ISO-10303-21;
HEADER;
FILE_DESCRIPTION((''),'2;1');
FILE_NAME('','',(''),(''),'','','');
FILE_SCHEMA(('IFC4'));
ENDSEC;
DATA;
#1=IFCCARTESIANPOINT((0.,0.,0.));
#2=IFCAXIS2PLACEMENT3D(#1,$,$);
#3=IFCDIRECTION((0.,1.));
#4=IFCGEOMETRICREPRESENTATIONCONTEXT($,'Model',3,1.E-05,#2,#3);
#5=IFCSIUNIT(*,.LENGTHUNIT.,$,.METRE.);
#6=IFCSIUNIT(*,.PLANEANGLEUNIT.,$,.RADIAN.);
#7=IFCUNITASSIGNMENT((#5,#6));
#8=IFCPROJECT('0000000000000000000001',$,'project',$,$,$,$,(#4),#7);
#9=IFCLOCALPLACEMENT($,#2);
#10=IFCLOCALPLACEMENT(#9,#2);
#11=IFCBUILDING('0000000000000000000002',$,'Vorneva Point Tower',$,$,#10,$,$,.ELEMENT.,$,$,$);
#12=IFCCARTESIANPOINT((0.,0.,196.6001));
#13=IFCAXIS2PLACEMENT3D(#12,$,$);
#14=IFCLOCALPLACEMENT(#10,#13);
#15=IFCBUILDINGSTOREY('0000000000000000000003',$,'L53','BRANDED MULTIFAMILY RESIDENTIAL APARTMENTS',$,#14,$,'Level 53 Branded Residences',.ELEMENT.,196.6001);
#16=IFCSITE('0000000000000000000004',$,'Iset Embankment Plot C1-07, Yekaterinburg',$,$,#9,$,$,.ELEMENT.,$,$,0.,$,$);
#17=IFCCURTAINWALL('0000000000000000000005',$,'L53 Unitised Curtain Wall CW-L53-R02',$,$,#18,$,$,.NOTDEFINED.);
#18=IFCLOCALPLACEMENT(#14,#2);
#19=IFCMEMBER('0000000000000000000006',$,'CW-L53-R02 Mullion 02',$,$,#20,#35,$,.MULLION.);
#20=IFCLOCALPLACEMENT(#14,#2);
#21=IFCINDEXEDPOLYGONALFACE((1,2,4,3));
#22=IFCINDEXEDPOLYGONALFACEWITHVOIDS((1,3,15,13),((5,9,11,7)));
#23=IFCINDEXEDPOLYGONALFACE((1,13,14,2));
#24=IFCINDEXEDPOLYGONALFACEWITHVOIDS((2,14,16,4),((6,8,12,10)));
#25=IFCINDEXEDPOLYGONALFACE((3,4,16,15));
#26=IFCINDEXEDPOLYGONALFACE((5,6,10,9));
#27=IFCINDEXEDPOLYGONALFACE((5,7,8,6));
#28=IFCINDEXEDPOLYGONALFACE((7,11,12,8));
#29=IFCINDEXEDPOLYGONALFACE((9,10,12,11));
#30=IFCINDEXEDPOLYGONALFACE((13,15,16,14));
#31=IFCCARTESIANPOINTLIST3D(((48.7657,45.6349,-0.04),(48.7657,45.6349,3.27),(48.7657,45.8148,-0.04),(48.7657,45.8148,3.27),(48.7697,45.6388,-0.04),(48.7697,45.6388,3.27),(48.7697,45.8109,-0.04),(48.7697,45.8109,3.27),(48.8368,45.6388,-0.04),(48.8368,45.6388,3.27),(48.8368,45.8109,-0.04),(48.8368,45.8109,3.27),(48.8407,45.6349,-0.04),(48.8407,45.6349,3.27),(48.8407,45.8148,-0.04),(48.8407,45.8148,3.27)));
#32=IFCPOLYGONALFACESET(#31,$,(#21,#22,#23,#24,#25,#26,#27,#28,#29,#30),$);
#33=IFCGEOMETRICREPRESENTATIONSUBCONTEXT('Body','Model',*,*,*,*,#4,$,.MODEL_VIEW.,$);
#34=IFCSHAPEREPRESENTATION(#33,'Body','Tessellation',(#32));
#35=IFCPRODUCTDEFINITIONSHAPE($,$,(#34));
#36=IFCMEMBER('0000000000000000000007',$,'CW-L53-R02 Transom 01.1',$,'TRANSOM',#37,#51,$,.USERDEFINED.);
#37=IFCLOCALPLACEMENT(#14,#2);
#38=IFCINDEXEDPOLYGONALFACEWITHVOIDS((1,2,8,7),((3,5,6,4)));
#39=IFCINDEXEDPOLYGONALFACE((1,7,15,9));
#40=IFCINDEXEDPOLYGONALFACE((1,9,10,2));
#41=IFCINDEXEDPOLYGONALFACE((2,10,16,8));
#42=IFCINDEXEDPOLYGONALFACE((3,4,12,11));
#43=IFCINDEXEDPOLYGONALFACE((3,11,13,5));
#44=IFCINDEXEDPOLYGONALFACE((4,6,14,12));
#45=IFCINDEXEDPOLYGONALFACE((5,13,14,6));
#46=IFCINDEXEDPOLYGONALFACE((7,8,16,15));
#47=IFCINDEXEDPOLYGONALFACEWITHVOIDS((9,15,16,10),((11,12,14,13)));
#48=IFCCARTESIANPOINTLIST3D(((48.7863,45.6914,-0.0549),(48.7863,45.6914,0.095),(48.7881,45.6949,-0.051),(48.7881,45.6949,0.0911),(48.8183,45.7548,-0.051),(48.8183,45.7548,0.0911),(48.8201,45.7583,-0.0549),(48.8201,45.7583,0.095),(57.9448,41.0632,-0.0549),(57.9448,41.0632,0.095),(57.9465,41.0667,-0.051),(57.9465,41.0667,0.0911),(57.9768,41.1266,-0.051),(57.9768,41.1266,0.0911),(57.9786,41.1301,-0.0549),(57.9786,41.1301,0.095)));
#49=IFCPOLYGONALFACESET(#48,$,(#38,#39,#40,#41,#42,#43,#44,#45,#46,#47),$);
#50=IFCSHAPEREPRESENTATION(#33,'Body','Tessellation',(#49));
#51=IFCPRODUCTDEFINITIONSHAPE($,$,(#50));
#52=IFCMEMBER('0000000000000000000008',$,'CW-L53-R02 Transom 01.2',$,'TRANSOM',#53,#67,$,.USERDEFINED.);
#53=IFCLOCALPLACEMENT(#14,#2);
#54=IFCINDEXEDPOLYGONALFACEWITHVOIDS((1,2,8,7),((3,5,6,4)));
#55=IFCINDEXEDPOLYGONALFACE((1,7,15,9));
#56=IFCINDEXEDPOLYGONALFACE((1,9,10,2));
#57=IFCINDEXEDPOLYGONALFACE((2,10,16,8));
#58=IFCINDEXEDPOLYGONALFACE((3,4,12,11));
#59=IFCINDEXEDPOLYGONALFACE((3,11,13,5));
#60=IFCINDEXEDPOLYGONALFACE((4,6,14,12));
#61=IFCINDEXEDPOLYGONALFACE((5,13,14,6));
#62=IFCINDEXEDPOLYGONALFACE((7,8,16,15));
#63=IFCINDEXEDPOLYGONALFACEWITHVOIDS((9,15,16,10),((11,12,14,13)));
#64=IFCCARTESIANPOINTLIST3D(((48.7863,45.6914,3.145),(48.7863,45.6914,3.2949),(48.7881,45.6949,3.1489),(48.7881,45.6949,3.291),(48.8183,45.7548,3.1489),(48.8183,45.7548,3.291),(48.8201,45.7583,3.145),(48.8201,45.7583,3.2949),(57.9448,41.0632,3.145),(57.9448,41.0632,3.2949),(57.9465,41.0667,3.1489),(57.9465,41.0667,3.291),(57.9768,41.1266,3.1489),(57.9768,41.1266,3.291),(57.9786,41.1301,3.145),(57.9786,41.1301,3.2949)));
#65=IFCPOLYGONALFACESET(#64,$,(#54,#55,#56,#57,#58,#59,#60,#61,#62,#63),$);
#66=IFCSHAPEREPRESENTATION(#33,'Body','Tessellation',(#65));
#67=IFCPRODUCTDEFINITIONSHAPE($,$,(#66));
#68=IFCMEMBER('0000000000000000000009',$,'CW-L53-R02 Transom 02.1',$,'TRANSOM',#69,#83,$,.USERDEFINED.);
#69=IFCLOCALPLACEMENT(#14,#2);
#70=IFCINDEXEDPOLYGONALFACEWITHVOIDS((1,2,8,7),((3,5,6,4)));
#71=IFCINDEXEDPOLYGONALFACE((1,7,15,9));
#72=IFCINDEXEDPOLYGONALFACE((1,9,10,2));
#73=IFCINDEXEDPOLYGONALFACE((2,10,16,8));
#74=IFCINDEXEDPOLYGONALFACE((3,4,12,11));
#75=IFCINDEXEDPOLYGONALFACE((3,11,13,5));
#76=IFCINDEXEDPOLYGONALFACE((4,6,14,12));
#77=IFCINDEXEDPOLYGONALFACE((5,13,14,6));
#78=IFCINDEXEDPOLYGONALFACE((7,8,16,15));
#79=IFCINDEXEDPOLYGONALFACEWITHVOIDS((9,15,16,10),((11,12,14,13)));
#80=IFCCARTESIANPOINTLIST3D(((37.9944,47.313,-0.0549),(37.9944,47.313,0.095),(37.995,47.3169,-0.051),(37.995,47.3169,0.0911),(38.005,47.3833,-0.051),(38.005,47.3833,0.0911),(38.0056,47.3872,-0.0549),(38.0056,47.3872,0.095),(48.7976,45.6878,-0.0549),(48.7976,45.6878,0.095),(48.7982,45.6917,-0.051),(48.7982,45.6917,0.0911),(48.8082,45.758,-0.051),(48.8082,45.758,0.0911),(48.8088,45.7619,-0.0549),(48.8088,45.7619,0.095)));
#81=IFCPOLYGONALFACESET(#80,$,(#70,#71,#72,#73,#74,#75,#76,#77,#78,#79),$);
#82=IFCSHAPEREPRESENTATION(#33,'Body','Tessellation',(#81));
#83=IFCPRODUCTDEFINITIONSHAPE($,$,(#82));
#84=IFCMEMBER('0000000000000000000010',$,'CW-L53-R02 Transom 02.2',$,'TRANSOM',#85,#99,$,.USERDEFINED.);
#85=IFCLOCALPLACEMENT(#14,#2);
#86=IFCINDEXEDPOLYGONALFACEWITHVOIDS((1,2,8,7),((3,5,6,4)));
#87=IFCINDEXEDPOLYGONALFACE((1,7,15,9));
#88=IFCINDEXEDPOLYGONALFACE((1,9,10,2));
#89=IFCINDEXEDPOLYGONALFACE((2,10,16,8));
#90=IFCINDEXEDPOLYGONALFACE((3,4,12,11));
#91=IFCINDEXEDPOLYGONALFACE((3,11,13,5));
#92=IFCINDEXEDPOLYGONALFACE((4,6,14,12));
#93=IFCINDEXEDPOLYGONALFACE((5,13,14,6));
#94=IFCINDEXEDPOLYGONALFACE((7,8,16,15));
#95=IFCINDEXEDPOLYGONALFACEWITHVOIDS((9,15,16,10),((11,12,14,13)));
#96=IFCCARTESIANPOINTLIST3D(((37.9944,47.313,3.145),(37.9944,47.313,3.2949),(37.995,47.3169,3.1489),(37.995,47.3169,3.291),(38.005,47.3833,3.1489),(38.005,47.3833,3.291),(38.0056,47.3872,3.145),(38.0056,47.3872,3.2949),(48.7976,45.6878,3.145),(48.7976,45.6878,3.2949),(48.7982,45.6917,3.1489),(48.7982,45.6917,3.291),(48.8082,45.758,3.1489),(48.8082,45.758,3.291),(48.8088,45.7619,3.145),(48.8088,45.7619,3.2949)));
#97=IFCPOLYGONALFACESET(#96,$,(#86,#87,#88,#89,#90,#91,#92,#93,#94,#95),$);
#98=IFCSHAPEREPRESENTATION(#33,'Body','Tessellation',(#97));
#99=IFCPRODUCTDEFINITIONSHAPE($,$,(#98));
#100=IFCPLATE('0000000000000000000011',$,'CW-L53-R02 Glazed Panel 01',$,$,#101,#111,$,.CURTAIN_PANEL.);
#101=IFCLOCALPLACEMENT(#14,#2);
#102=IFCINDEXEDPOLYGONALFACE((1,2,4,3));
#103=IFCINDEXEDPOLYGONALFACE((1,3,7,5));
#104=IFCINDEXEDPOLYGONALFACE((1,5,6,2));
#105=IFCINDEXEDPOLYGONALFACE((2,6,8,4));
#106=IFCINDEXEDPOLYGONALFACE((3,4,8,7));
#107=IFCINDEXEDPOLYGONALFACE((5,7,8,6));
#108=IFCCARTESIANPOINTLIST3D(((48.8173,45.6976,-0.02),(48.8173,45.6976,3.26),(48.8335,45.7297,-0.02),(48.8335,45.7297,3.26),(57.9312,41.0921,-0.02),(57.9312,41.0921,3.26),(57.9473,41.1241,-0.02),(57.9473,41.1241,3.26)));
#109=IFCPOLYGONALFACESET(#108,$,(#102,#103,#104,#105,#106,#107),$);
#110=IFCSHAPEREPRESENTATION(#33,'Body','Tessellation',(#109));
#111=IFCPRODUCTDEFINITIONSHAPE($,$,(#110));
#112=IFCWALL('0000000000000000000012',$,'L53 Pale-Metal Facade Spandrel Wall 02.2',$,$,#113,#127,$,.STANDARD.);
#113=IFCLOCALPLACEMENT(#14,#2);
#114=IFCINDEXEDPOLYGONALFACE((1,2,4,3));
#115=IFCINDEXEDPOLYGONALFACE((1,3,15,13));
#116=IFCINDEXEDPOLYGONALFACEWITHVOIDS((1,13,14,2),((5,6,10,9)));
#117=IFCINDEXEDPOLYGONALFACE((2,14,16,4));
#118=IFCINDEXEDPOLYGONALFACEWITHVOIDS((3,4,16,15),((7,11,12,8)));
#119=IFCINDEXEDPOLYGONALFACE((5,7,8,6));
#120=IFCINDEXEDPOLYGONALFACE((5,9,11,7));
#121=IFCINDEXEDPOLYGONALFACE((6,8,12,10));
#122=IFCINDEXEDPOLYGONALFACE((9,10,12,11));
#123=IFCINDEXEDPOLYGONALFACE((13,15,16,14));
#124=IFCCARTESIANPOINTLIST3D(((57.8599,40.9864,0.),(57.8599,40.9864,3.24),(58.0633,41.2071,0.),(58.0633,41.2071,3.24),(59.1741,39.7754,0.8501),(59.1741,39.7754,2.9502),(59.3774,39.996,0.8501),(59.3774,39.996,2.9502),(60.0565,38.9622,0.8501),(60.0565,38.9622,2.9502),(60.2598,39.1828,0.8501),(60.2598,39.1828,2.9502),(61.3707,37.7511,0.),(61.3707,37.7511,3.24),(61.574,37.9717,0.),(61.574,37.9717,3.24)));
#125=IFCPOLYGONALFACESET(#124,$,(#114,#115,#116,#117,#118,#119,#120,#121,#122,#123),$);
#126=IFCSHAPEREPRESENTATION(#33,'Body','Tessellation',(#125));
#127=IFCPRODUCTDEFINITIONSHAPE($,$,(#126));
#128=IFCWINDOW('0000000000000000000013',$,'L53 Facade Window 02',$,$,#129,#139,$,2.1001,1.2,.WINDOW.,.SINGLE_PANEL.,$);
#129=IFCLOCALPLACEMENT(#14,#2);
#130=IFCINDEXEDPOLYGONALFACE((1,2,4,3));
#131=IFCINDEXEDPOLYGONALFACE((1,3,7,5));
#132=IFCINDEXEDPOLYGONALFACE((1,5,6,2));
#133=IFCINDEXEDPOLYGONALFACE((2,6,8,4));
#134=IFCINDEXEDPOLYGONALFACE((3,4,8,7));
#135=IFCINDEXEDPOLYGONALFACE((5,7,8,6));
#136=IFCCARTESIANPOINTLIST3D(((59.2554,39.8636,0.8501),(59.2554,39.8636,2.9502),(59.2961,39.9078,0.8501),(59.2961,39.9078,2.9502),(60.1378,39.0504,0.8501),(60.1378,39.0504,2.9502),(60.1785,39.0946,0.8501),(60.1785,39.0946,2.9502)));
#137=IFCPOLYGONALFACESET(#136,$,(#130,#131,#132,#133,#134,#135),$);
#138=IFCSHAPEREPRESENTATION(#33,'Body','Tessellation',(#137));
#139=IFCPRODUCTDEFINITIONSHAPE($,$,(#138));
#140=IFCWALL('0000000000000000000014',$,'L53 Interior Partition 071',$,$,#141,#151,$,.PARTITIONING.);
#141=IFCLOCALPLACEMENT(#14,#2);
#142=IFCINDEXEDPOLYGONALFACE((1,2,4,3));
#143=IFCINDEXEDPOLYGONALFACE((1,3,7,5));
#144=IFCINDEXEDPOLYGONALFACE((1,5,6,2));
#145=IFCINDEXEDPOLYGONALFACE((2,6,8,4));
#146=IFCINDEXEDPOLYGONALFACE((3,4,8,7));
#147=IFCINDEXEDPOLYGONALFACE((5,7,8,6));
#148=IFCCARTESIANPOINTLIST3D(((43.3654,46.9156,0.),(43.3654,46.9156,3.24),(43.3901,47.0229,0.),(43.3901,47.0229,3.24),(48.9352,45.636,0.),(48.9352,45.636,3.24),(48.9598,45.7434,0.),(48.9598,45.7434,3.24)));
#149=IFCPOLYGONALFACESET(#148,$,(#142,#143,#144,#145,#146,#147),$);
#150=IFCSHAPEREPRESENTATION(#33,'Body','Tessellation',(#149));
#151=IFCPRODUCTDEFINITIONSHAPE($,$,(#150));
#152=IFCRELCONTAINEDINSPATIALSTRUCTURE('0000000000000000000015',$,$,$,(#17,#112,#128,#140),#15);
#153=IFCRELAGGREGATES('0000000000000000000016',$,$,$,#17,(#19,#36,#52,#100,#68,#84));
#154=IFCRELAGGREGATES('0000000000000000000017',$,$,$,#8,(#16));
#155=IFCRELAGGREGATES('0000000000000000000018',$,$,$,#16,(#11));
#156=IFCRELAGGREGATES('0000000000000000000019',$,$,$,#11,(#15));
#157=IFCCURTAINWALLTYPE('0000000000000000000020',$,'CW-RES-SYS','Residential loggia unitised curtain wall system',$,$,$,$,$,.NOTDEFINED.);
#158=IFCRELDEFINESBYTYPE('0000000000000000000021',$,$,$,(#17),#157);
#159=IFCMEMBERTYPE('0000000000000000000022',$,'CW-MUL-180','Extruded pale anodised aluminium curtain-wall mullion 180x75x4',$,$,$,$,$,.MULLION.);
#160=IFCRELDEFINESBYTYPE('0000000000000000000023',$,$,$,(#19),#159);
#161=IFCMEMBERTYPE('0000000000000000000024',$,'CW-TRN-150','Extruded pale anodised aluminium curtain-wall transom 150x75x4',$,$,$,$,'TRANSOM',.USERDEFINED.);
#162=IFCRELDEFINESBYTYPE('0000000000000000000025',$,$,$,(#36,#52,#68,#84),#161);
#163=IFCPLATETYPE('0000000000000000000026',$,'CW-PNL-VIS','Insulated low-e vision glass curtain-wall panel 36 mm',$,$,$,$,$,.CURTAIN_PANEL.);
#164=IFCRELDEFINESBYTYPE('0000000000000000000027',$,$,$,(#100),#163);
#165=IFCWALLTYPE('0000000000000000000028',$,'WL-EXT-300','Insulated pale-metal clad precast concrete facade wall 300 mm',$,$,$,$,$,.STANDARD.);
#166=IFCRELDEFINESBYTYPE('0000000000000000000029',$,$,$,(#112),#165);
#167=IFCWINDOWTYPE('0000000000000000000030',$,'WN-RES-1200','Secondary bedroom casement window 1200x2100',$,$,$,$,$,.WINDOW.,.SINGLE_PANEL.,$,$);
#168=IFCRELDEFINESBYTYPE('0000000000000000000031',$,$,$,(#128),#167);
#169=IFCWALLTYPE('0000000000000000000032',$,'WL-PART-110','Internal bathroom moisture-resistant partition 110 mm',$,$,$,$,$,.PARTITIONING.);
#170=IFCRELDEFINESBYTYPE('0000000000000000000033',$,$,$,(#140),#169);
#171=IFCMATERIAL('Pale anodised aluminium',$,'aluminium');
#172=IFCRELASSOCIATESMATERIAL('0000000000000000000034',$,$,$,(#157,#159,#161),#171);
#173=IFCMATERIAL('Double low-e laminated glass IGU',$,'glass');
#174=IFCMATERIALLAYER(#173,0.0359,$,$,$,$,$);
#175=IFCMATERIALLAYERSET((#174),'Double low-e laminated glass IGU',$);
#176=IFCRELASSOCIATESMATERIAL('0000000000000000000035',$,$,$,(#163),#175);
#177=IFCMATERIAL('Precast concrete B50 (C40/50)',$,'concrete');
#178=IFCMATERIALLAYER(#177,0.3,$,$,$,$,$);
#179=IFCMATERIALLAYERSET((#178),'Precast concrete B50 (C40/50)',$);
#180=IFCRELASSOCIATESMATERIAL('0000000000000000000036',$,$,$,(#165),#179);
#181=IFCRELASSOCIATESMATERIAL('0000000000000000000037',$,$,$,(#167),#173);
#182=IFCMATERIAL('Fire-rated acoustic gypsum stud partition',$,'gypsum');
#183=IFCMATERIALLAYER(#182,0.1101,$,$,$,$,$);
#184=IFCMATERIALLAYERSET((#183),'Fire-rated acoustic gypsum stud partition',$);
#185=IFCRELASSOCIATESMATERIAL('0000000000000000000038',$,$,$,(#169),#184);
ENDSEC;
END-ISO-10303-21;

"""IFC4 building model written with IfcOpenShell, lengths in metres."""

from ifc_helpers import new_model, si_unit, direction, frame, frame_2d, origin, origin_2d, place, context, subcontext, project, spatial, rectangle, hollow_rectangle, extrude, material, layer, layer_set, material_profile, profile_set, type_object, element, fill, aggregate, save


model = new_model("IFC4")

# Units and contexts
model_context = context("Model", 3, precision=1e-05, world=origin(), true_north=direction((0.0, 1.0)))
body_context = subcontext(model_context, "Body", "Model", "MODEL_VIEW")
ifc_project = project(units=[si_unit("LENGTHUNIT", "METRE"), si_unit("PLANEANGLEUNIT", "RADIAN")], contexts=[model_context])

# Site, building, storey
site_placement = place(None, origin())
site = spatial("IfcSite", under=ifc_project, at=site_placement, Name="Iset Embankment Plot C1-07, Yekaterinburg", CompositionType="ELEMENT", RefElevation=0.0)
building_placement = place(site_placement, origin())
building = spatial("IfcBuilding", under=site, at=building_placement, Name="Vorneva Point Tower", CompositionType="ELEMENT")
storey_placement = place(building_placement, frame((0.0, 0.0, 196.6001)))
storey = spatial("IfcBuildingStorey", under=building, at=storey_placement, Name="L53", Description="BRANDED MULTIFAMILY RESIDENTIAL APARTMENTS", LongName="Level 53 Branded Residences", CompositionType="ELEMENT", Elevation=196.6001)

# Curtain wall, members, plate
ifc_material_1 = material(Name="Pale anodised aluminium", Category="aluminium")
curtain_wall_type = type_object("IfcCurtainWallType", Name="CW-RES-SYS", Description="Residential loggia unitised curtain wall system", PredefinedType="NOTDEFINED", material=ifc_material_1)
curtain_wall_placement = place(storey_placement, origin())
curtain_wall = element("IfcCurtainWall", 1, at=curtain_wall_placement, inside=storey, type_object=curtain_wall_type, Name="L53 Unitised Curtain Wall CW-L53-R02", PredefinedType="NOTDEFINED")
ifc_material_profile_1 = material_profile(ifc_material_1, hollow_rectangle(XDim=0.075, YDim=0.1799, WallThickness=0.0039, at=origin_2d()), Name="AL-MUL 180x75x4")
ifc_profile_set_1 = profile_set([ifc_material_profile_1], Name="Pale anodised aluminium")
member_type_1 = type_object("IfcMemberType", Name="CW-MUL-180", Description="Extruded pale anodised aluminium curtain-wall mullion 180x75x4", PredefinedType="MULLION", material=ifc_profile_set_1)
member_1_placement = place(storey_placement, frame((48.8032, 45.7249, -0.04), z_axis=(0.0, 0.0, 1.0), x_axis=(1.0, 0.0, 0.0)))
member_1 = element("IfcMember", 2, at=member_1_placement, type_object=member_type_1, Name="CW-L53-R02 Mullion 02", PredefinedType="MULLION", context=body_context, shape_type="SweptSolid", body=[
    extrude(hollow_rectangle(XDim=0.075, YDim=0.1799, WallThickness=0.0039, at=origin_2d()), origin(), (0.0, 0.0, 1.0), 3.3101),
])
ifc_material_profile_2 = material_profile(ifc_material_1, hollow_rectangle(XDim=0.075, YDim=0.1499, WallThickness=0.0039, at=origin_2d()), Name="AL-TRN 150x75x4")
ifc_profile_set_2 = profile_set([ifc_material_profile_2], Name="Pale anodised aluminium")
member_type_2 = type_object("IfcMemberType", Name="CW-TRN-150", Description="Extruded pale anodised aluminium curtain-wall transom 150x75x4", ElementType="TRANSOM", PredefinedType="USERDEFINED", material=ifc_profile_set_2)
member_2_placement = place(storey_placement, frame((57.9617, 41.0967, 0.02), z_axis=(-0.892511, 0.451026, 0.0), x_axis=(-0.451026, -0.892511, 0.0)))
member_2 = element("IfcMember", 3, at=member_2_placement, type_object=member_type_2, Name="CW-L53-R02 Transom 01.1", ObjectType="TRANSOM", PredefinedType="USERDEFINED", context=body_context, shape_type="SweptSolid", body=[
    extrude(hollow_rectangle(XDim=0.075, YDim=0.1499, WallThickness=0.0039, at=origin_2d()), origin(), (0.0, 0.0, 1.0), 10.2615),
])
member_3_placement = place(storey_placement, frame((57.9617, 41.0967, 3.22), z_axis=(-0.892511, 0.451026, 0.0), x_axis=(-0.451026, -0.892511, 0.0)))
member_3 = element("IfcMember", 4, at=member_3_placement, type_object=member_type_2, Name="CW-L53-R02 Transom 01.2", ObjectType="TRANSOM", PredefinedType="USERDEFINED", context=body_context, shape_type="SweptSolid", body=[
    extrude(hollow_rectangle(XDim=0.075, YDim=0.1499, WallThickness=0.0039, at=origin_2d()), origin(), (0.0, 0.0, 1.0), 10.2615),
])
member_4_placement = place(storey_placement, frame((48.8032, 45.7249, 0.02), z_axis=(-0.988872, 0.148767, 0.0), x_axis=(-0.148767, -0.988872, 0.0)))
member_4 = element("IfcMember", 5, at=member_4_placement, type_object=member_type_2, Name="CW-L53-R02 Transom 02.1", ObjectType="TRANSOM", PredefinedType="USERDEFINED", context=body_context, shape_type="SweptSolid", body=[
    extrude(hollow_rectangle(XDim=0.075, YDim=0.1499, WallThickness=0.0039, at=origin_2d()), origin(), (0.0, 0.0, 1.0), 10.9248),
])
member_5_placement = place(storey_placement, frame((48.8032, 45.7249, 3.22), z_axis=(-0.988872, 0.148767, 0.0), x_axis=(-0.148767, -0.988872, 0.0)))
member_5 = element("IfcMember", 6, at=member_5_placement, type_object=member_type_2, Name="CW-L53-R02 Transom 02.2", ObjectType="TRANSOM", PredefinedType="USERDEFINED", context=body_context, shape_type="SweptSolid", body=[
    extrude(hollow_rectangle(XDim=0.075, YDim=0.1499, WallThickness=0.0039, at=origin_2d()), origin(), (0.0, 0.0, 1.0), 10.9248),
])
ifc_material_2 = material(Name="Double low-e laminated glass IGU", Category="glass")
ifc_layer_1 = layer(ifc_material_2, 0.0359)
ifc_layer_set_1 = layer_set([ifc_layer_1], Name="Double low-e laminated glass IGU")
plate_type = type_object("IfcPlateType", Name="CW-PNL-VIS", Description="Insulated low-e vision glass curtain-wall panel 36 mm", PredefinedType="CURTAIN_PANEL", material=ifc_layer_set_1)
plate_placement = place(storey_placement, frame((53.3823, 43.4109, -0.02), z_axis=(0.0, 0.0, 1.0), x_axis=(-0.892515, 0.451018, 0.0)))
plate = element("IfcPlate", 7, at=plate_placement, type_object=plate_type, Name="CW-L53-R02 Glazed Panel 01", PredefinedType="CURTAIN_PANEL", context=body_context, shape_type="SweptSolid", body=[
    extrude(rectangle(XDim=10.2114, YDim=0.0359, at=origin_2d()), origin(), (0.0, 0.0, 1.0), 3.28),
])
aggregate(curtain_wall, [member_1, member_2, member_3, plate, member_4, member_5])

# Wall, opening, window
ifc_material_3 = material(Name="Precast concrete B50 (C40/50)", Category="concrete")
ifc_layer_2 = layer(ifc_material_3, 0.3)
ifc_layer_set_2 = layer_set([ifc_layer_2], Name="Precast concrete B50 (C40/50)")
wall_type_1 = type_object("IfcWallType", Name="WL-EXT-300", Description="Insulated pale-metal clad precast concrete facade wall 300 mm", PredefinedType="STANDARD", material=ifc_layer_set_2)
wall_1_placement = place(storey_placement, frame((61.4724, 37.8613, 0.0), z_axis=(0.0, 0.0, 1.0), x_axis=(-0.73536, 0.677677, 0.0)))
wall_1 = element("IfcWall", 8, at=wall_1_placement, inside=storey, type_object=wall_type_1, Name="L53 Pale-Metal Facade Spandrel Wall 02.2", PredefinedType="STANDARD", context=body_context, shape_type="SweptSolid", body=[
    extrude(rectangle(XDim=4.7742, YDim=0.3, at=frame_2d((2.3872, 0.0))), origin(), (0.0, 0.0, 1.0), 3.24),
])
opening_1_placement = place(wall_1_placement, frame((1.7871, 0.0, 0.8501)))
opening_1 = element("IfcOpeningElement", 9, at=opening_1_placement, cuts=wall_1, PredefinedType="OPENING", context=body_context, shape_type="SweptSolid", body=[
    extrude(rectangle(XDim=1.2, YDim=2.1001, at=frame_2d((0.6001, 1.05))), frame((0.0, 0.165, 0.0), z_axis=(0.0, -1.0, 0.0), x_axis=(1.0, 0.0, 0.0)), (0.0, 0.0, 1.0), 0.3298),
])
window_type = type_object("IfcWindowType", Name="WN-RES-1200", Description="Secondary bedroom casement window 1200x2100", PartitioningType="SINGLE_PANEL", PredefinedType="WINDOW", material=ifc_material_2)
window_placement = place(opening_1_placement, origin())
window = element("IfcWindow", 10, at=window_placement, inside=storey, type_object=window_type, Name="L53 Facade Window 02", OverallHeight=2.1001, OverallWidth=1.2, PartitioningType="SINGLE_PANEL", PredefinedType="WINDOW", context=body_context, shape_type="SweptSolid", body=[
    extrude(rectangle(XDim=1.2, YDim=2.1001, at=frame_2d((0.6001, 1.05))), frame((0.0, 0.03, 0.0), z_axis=(0.0, -1.0, 0.0), x_axis=(1.0, 0.0, 0.0)), (0.0, 0.0, 1.0), 0.0601),
])
fill(opening_1, window)

# Wall
ifc_material_4 = material(Name="Fire-rated acoustic gypsum stud partition", Category="gypsum")
ifc_layer_3 = layer(ifc_material_4, 0.1101)
ifc_layer_set_3 = layer_set([ifc_layer_3], Name="Fire-rated acoustic gypsum stud partition")
wall_type_2 = type_object("IfcWallType", Name="WL-PART-110", Description="Internal bathroom moisture-resistant partition 110 mm", PredefinedType="PARTITIONING", material=ifc_layer_set_3)
wall_2_placement = place(storey_placement, frame((48.9475, 45.6897, 0.0), z_axis=(0.0, 0.0, 1.0), x_axis=(-0.974613, 0.223895, 0.0)))
element("IfcWall", 11, at=wall_2_placement, inside=storey, type_object=wall_type_2, Name="L53 Interior Partition 071", PredefinedType="PARTITIONING", context=body_context, shape_type="SweptSolid", body=[
    extrude(rectangle(XDim=5.7148, YDim=0.1101, at=frame_2d((2.8574, 0.0))), origin(), (0.0, 0.0, 1.0), 3.24),
])

save(model, "model.ifc")
